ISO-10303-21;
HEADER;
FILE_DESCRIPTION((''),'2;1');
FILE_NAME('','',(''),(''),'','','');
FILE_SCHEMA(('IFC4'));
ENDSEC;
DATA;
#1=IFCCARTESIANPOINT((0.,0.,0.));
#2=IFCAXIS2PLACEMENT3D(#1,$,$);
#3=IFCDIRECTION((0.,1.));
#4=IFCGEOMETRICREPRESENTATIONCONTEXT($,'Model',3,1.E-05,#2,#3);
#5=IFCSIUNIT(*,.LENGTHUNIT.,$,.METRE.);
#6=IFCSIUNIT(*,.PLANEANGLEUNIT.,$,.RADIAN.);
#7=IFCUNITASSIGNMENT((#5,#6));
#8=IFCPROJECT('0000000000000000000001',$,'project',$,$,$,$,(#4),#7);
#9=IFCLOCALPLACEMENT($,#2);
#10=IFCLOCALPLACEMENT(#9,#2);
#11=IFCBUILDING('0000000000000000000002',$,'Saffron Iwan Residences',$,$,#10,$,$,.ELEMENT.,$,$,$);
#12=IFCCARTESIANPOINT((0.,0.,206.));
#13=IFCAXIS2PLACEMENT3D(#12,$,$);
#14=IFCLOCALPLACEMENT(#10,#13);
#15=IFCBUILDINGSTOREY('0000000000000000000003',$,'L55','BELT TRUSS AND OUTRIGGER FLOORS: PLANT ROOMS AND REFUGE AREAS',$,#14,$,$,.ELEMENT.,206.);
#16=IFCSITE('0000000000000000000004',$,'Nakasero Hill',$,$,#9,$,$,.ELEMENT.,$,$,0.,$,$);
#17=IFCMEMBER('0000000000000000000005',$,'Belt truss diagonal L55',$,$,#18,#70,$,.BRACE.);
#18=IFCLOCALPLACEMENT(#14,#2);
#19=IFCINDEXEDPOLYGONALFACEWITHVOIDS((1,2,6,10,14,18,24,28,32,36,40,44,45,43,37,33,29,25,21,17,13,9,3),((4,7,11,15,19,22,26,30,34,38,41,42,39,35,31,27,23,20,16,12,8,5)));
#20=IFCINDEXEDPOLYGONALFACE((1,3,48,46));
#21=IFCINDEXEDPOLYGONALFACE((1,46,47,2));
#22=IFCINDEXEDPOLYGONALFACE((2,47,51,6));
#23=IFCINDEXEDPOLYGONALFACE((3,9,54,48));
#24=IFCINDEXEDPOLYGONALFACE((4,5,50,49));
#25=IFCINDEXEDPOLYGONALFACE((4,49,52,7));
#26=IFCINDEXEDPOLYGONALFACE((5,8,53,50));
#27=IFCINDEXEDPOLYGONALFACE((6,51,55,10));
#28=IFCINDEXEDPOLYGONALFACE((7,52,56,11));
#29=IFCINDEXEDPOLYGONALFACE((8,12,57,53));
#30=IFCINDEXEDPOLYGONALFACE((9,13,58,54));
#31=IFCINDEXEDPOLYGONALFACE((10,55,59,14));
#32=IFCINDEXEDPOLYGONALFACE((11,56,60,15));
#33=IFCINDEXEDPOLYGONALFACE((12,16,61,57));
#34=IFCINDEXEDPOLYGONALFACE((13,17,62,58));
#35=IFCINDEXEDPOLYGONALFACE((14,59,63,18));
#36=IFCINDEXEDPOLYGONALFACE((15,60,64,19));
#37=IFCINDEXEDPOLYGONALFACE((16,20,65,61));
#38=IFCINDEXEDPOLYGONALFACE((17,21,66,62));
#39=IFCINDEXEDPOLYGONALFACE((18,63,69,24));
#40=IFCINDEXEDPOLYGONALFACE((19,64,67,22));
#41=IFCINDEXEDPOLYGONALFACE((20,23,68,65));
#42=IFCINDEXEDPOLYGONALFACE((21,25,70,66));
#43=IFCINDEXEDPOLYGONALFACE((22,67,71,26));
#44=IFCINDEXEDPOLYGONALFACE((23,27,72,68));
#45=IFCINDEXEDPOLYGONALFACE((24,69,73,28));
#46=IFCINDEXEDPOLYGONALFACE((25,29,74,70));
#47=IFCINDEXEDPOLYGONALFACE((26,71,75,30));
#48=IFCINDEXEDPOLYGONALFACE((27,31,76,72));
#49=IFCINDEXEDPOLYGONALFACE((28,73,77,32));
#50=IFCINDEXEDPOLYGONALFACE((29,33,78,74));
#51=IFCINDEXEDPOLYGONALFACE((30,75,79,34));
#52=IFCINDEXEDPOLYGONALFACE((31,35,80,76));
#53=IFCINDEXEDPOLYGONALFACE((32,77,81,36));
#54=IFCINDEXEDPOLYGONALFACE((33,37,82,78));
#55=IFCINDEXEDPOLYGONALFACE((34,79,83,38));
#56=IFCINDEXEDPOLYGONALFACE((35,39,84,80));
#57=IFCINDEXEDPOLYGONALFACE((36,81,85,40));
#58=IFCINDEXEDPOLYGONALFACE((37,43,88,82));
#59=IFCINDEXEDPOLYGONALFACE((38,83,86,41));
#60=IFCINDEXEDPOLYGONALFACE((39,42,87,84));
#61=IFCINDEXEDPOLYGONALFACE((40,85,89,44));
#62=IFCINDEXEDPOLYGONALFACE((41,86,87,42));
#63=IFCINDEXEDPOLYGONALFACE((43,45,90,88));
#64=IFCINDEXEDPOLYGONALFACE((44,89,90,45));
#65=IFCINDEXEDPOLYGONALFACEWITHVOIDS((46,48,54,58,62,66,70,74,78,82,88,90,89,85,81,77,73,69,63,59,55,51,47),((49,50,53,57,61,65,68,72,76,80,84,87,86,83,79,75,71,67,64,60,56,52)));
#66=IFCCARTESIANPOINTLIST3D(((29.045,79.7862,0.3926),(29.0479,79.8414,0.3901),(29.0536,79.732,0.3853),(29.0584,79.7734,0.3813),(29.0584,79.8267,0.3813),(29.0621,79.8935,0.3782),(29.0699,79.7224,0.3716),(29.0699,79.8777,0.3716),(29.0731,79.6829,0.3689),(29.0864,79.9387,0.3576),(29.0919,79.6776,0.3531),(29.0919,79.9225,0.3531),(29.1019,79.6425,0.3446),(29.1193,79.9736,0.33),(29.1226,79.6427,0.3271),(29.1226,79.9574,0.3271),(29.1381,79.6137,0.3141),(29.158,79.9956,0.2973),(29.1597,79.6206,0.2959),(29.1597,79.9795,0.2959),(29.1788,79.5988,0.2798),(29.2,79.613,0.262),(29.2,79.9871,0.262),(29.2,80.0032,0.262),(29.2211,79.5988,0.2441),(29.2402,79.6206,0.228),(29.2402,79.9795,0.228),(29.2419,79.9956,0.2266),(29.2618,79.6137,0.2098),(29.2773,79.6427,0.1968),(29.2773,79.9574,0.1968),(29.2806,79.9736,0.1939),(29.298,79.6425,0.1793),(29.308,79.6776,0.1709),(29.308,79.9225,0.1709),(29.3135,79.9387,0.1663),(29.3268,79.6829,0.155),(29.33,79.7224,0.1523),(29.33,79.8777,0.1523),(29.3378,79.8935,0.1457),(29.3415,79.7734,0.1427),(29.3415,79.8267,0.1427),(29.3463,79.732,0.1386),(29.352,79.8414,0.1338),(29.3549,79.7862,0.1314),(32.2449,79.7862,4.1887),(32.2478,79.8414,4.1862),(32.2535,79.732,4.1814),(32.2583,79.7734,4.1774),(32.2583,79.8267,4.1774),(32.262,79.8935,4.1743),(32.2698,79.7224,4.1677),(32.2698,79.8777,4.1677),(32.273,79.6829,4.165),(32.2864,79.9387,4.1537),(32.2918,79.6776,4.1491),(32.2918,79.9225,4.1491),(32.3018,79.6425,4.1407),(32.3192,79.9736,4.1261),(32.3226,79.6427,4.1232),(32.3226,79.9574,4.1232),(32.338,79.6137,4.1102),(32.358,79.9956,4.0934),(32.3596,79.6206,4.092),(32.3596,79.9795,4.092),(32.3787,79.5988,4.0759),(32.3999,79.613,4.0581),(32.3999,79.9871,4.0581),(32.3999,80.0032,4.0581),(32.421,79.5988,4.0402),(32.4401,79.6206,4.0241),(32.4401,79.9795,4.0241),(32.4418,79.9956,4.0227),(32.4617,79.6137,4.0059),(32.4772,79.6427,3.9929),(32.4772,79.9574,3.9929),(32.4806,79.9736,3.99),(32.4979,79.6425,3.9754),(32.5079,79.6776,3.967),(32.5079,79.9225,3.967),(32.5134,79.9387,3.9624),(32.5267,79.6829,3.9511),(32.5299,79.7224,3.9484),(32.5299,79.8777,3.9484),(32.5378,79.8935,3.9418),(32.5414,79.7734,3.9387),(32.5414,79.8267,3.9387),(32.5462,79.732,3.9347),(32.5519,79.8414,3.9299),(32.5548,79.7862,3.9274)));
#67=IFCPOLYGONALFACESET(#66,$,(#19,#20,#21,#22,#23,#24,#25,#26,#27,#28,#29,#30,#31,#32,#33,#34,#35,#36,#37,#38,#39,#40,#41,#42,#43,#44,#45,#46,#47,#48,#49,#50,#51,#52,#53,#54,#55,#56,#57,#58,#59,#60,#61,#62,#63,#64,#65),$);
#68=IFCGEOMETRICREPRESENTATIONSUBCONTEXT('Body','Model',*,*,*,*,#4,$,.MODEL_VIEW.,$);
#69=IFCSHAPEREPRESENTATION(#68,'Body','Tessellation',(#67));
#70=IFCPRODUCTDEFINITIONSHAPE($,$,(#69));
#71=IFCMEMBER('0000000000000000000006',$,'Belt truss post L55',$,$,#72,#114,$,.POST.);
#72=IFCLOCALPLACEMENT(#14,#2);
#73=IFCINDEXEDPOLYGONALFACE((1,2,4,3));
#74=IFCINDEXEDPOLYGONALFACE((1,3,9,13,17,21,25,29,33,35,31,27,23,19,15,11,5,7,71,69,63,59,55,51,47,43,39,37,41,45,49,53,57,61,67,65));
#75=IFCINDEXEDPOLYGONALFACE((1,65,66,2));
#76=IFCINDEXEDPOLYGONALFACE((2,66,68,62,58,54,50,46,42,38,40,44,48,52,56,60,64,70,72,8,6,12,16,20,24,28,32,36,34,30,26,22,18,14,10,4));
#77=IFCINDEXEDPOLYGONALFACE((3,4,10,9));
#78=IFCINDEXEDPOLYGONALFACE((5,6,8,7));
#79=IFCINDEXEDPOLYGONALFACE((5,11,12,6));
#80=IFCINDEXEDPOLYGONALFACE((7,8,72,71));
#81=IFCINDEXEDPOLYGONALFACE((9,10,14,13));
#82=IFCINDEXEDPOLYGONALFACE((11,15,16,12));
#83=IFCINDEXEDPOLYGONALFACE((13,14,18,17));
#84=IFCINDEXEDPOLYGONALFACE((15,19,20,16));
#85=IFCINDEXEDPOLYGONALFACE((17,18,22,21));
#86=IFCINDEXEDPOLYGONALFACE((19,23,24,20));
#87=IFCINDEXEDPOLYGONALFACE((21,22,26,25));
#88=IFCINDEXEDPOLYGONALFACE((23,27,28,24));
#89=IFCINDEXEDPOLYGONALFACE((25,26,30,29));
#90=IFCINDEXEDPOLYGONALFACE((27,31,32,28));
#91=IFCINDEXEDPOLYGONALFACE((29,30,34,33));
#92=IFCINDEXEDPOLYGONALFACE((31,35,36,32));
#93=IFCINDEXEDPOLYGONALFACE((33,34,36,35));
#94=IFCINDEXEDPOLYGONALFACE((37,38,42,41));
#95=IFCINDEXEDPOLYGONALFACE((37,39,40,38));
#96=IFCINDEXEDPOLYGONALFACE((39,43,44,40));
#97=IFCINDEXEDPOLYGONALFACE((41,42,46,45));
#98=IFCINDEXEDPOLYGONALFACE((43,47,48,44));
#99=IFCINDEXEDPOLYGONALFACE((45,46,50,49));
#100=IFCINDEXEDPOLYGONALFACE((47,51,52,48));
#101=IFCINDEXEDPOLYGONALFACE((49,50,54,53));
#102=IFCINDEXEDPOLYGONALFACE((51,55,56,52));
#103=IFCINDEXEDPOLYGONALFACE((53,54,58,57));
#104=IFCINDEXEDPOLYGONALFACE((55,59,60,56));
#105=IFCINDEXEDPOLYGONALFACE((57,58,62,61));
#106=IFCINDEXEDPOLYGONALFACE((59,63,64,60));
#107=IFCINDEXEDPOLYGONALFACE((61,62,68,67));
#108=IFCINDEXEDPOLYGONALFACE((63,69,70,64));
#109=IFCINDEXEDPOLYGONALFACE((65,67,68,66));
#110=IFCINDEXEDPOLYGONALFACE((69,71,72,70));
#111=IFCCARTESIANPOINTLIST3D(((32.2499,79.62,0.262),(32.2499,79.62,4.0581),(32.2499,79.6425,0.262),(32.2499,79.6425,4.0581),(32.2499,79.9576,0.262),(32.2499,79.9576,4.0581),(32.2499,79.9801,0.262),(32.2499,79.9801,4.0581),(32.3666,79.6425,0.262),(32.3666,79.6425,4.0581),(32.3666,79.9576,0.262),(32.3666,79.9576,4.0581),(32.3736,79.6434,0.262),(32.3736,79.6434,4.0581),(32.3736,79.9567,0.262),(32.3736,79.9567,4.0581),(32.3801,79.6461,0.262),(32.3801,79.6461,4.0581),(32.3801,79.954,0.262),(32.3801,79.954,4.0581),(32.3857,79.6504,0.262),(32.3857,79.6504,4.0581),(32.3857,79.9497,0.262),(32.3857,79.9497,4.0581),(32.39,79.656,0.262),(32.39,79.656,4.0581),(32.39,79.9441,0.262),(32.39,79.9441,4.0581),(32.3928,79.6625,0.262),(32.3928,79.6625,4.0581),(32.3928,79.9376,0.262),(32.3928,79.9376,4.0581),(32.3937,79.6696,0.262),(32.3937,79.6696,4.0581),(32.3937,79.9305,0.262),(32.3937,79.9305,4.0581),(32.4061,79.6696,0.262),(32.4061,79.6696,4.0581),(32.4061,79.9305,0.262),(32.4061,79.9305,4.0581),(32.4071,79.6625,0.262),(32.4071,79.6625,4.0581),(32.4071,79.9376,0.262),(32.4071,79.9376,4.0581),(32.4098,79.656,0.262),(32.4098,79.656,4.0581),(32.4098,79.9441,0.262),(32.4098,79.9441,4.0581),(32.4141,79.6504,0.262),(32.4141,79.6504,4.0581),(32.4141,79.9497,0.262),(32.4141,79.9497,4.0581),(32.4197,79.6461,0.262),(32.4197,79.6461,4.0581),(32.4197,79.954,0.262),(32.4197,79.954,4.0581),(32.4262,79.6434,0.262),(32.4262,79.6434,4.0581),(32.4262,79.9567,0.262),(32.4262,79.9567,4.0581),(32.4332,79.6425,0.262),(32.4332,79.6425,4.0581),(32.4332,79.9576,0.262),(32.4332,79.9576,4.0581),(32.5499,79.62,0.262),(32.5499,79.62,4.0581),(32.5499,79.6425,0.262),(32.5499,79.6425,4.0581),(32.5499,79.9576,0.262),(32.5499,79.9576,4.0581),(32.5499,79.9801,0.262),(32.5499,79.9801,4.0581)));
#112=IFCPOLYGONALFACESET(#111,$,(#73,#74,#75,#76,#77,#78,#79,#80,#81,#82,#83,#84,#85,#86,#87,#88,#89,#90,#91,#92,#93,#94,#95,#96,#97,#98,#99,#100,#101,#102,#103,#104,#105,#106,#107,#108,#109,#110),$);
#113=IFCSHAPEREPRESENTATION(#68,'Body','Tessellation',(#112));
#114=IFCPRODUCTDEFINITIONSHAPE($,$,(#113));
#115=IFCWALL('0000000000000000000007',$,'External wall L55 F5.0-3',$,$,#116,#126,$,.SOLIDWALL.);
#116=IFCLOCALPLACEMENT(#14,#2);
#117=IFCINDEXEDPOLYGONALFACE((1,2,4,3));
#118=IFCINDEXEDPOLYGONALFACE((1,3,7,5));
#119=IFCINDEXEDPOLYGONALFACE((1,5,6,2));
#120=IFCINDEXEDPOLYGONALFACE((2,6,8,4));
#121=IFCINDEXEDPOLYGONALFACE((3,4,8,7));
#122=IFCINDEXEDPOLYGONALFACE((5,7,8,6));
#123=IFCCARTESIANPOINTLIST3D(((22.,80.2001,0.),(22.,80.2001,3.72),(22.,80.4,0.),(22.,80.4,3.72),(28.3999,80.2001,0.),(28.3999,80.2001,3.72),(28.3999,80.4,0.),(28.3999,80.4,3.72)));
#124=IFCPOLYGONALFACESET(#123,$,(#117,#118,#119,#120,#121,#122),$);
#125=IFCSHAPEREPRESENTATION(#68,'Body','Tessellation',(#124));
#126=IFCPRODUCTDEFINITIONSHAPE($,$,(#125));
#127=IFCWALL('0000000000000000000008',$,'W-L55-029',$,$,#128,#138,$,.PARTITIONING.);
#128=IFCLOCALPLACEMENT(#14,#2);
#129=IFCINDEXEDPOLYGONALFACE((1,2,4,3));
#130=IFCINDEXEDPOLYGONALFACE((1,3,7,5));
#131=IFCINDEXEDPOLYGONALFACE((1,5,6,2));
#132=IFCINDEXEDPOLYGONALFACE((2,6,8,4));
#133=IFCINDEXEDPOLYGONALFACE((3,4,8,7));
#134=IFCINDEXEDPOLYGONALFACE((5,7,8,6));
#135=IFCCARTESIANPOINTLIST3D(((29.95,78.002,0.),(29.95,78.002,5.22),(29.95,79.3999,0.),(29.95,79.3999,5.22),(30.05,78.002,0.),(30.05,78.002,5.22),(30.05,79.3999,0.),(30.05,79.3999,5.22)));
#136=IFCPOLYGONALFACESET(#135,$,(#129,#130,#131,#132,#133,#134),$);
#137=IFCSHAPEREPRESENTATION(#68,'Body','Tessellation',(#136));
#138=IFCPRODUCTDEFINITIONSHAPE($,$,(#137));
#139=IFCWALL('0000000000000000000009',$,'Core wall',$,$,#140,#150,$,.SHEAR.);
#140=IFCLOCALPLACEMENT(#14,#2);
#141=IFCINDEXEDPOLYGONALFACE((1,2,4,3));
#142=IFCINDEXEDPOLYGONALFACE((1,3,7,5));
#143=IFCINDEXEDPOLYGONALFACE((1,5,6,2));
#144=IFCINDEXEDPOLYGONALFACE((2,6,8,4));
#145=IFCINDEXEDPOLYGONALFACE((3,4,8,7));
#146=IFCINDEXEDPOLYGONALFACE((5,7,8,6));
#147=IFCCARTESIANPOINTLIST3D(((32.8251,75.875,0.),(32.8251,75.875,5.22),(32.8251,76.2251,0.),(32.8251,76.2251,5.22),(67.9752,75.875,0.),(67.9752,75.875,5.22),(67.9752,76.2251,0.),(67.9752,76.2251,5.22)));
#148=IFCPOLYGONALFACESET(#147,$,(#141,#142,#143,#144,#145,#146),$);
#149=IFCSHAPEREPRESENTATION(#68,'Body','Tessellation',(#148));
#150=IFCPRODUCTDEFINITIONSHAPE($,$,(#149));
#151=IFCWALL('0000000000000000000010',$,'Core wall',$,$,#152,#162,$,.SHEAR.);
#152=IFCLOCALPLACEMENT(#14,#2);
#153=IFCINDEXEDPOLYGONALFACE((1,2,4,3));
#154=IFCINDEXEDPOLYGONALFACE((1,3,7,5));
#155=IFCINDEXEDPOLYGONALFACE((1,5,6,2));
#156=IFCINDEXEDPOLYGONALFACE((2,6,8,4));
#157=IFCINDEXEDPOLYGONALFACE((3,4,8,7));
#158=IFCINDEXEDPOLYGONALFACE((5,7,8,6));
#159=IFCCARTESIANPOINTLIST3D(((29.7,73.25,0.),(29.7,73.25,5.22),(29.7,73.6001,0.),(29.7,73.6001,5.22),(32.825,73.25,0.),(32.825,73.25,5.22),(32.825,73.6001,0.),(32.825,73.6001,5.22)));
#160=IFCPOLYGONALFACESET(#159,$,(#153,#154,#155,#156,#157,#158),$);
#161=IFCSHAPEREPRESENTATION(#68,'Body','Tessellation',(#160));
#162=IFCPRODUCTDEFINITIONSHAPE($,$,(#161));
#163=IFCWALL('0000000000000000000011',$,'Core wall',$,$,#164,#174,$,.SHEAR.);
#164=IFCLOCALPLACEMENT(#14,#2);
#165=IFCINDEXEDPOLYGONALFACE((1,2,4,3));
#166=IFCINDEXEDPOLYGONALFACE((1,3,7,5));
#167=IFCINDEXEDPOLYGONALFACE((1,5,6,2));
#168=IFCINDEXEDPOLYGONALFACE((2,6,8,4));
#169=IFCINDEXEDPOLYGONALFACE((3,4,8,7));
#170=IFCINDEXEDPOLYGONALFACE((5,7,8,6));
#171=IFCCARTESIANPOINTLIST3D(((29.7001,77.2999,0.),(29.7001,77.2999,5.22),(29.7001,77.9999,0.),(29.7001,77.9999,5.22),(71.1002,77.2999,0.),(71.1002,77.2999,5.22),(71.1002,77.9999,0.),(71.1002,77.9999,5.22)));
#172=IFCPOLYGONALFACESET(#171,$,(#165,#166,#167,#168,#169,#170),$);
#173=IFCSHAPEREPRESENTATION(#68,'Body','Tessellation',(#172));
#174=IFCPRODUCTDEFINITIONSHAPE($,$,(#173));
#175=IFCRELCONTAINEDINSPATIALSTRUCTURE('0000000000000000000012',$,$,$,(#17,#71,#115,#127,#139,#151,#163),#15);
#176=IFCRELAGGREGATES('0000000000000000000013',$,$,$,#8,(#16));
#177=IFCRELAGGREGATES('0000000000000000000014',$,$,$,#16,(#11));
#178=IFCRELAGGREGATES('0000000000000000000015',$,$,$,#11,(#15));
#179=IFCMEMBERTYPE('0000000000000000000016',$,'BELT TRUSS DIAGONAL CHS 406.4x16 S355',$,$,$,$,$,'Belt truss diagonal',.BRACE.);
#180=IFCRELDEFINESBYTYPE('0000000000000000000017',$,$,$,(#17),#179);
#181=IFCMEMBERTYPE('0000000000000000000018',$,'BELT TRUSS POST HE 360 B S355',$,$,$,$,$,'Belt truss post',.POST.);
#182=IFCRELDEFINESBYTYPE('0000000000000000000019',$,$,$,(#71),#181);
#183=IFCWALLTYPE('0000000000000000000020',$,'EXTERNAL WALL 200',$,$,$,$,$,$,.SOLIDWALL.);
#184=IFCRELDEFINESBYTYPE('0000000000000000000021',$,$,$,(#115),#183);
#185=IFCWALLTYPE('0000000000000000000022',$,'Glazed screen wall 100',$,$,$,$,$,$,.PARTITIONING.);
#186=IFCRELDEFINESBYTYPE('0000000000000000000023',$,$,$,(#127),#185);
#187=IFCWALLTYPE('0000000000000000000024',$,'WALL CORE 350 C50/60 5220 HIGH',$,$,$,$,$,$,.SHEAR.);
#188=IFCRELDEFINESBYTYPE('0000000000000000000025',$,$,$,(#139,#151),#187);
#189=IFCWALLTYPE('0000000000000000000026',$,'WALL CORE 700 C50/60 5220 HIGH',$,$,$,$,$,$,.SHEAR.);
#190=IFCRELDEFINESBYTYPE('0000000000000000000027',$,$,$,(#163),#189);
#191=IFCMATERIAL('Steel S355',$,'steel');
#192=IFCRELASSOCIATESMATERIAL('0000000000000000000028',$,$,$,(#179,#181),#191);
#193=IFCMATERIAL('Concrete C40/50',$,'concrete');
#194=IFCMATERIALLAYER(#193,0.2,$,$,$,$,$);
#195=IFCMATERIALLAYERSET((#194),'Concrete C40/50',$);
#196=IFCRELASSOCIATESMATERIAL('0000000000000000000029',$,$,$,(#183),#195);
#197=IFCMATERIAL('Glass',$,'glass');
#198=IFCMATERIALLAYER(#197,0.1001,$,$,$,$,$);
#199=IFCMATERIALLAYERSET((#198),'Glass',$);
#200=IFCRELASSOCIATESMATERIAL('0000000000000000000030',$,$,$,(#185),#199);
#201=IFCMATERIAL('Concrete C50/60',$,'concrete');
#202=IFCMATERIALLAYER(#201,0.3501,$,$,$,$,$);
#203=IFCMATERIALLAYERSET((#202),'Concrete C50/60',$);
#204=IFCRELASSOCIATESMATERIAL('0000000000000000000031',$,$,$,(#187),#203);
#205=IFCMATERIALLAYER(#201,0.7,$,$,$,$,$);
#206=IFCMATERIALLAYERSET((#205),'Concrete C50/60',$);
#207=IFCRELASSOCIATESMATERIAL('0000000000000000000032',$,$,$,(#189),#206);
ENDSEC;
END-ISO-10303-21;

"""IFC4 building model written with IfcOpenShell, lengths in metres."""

from ifc_helpers import new_model, si_unit, direction, frame, frame_2d, origin, origin_2d, place, context, subcontext, project, spatial, rectangle, hollow_circle, i_section, extrude, source, transform, mapped, material, layer, layer_set, material_profile, profile_set, type_object, element, save


model = new_model("IFC4")

# Units and contexts
model_context = context("Model", 3, precision=1e-05, world=origin(), true_north=direction((0.0, 1.0)))
body_context = subcontext(model_context, "Body", "Model", "MODEL_VIEW")
ifc_project = project(units=[si_unit("LENGTHUNIT", "METRE"), si_unit("PLANEANGLEUNIT", "RADIAN")], contexts=[model_context])

# Site, building, storey
site_placement = place(None, origin())
site = spatial("IfcSite", under=ifc_project, at=site_placement, Name="Nakasero Hill", CompositionType="ELEMENT", RefElevation=0.0)
building_placement = place(site_placement, origin())
building = spatial("IfcBuilding", under=site, at=building_placement, Name="Saffron Iwan Residences", CompositionType="ELEMENT")
storey_placement = place(building_placement, frame((0.0, 0.0, 206.0)))
storey = spatial("IfcBuildingStorey", under=building, at=storey_placement, Name="L55", Description="BELT TRUSS AND OUTRIGGER FLOORS: PLANT ROOMS AND REFUGE AREAS", CompositionType="ELEMENT", Elevation=206.0)

# Shared definitions
ifc_material_1 = material(Name="Concrete C50/60", Category="concrete")

# Members
ifc_material_2 = material(Name="Steel S355", Category="steel")
ifc_material_profile_1 = material_profile(ifc_material_2, hollow_circle(Radius=0.2031, WallThickness=0.0161, at=origin_2d()), Name="CHS 406.4x16")
ifc_profile_set_1 = profile_set([ifc_material_profile_1], Name="Steel S355")
member_type_1 = type_object("IfcMemberType", Name="BELT TRUSS DIAGONAL CHS 406.4x16 S355", ElementType="Belt truss diagonal", PredefinedType="BRACE", material=ifc_profile_set_1)
shared_shape_1 = source(origin(), body_context, "Body", "SweptSolid", [
    extrude(hollow_circle(Radius=0.2031, WallThickness=0.0161, at=origin_2d()), origin(), (0.0, 0.0, 1.0), 4.9648),
])
member_1_placement = place(storey_placement, frame((29.2, 79.8, 0.262), z_axis=(0.644513, 0.0, 0.764594), x_axis=(0.0, 1.0, 0.0)))
element("IfcMember", 1, at=member_1_placement, inside=storey, type_object=member_type_1, Name="Belt truss diagonal L55", PredefinedType="BRACE", context=body_context, shape_type="MappedRepresentation", body=[
    mapped(shared_shape_1, transform((0.0, 0.0, 0.0))),
])
ifc_material_profile_2 = material_profile(ifc_material_2, i_section(OverallWidth=0.3, OverallDepth=0.3601, WebThickness=0.0125, FlangeThickness=0.0225, FilletRadius=0.0271, at=origin_2d()), Name="HE 360 B")
ifc_profile_set_2 = profile_set([ifc_material_profile_2], Name="Steel S355")
member_type_2 = type_object("IfcMemberType", Name="BELT TRUSS POST HE 360 B S355", ElementType="Belt truss post", PredefinedType="POST", material=ifc_profile_set_2)
shared_shape_2 = source(origin(), body_context, "Body", "SweptSolid", [
    extrude(i_section(OverallWidth=0.3, OverallDepth=0.3601, WebThickness=0.0125, FlangeThickness=0.0225, FilletRadius=0.0271, at=origin_2d()), origin(), (0.0, 0.0, 1.0), 3.7961),
])
member_2_placement = place(storey_placement, frame((32.3999, 79.8, 0.262), z_axis=(0.0, 0.0, 1.0), x_axis=(1.0, 0.0, 0.0)))
element("IfcMember", 2, at=member_2_placement, inside=storey, type_object=member_type_2, Name="Belt truss post L55", PredefinedType="POST", context=body_context, shape_type="MappedRepresentation", body=[
    mapped(shared_shape_2, transform((0.0, 0.0, 0.0))),
])

# Walls
ifc_material_3 = material(Name="Concrete C40/50", Category="concrete")
ifc_layer_1 = layer(ifc_material_3, 0.2)
ifc_layer_set_1 = layer_set([ifc_layer_1], Name="Concrete C40/50")
wall_type_1 = type_object("IfcWallType", Name="EXTERNAL WALL 200", PredefinedType="SOLIDWALL", material=ifc_layer_set_1)
wall_1_placement = place(storey_placement, frame((28.3999, 80.3, 0.0), z_axis=(0.0, 0.0, 1.0), x_axis=(-1.0, 0.0, 0.0)))
element("IfcWall", 3, at=wall_1_placement, inside=storey, type_object=wall_type_1, Name="External wall L55 F5.0-3", PredefinedType="SOLIDWALL", context=body_context, shape_type="SweptSolid", body=[
    extrude(rectangle(XDim=6.3999, YDim=0.2, at=frame_2d((3.2, 0.0))), origin(), (0.0, 0.0, 1.0), 3.72),
])
ifc_material_4 = material(Name="Glass", Category="glass")
ifc_layer_2 = layer(ifc_material_4, 0.1001)
ifc_layer_set_2 = layer_set([ifc_layer_2], Name="Glass")
wall_type_2 = type_object("IfcWallType", Name="Glazed screen wall 100", PredefinedType="PARTITIONING", material=ifc_layer_set_2)
wall_2_placement = place(storey_placement, frame((30.0, 78.002, 0.0), z_axis=(0.0, 0.0, 1.0), x_axis=(0.0, 1.0, 0.0)))
element("IfcWall", 4, at=wall_2_placement, inside=storey, type_object=wall_type_2, Name="W-L55-029", PredefinedType="PARTITIONING", context=body_context, shape_type="SweptSolid", body=[
    extrude(rectangle(XDim=1.3979, YDim=0.1001, at=frame_2d((0.699, 0.0))), origin(), (0.0, 0.0, 1.0), 5.22),
])
ifc_layer_3 = layer(ifc_material_1, 0.3501)
ifc_layer_set_3 = layer_set([ifc_layer_3], Name="Concrete C50/60")
wall_type_3 = type_object("IfcWallType", Name="WALL CORE 350 C50/60 5220 HIGH", PredefinedType="SHEAR", material=ifc_layer_set_3)
wall_3_placement = place(storey_placement, frame((32.825, 76.05, 0.0), z_axis=(0.0, 0.0, 1.0), x_axis=(1.0, 0.0, 0.0)))
element("IfcWall", 5, at=wall_3_placement, inside=storey, type_object=wall_type_3, Name="Core wall", PredefinedType="SHEAR", context=body_context, shape_type="SweptSolid", body=[
    extrude(rectangle(XDim=35.1501, YDim=0.3501, at=frame_2d((17.5752, 0.0))), origin(), (0.0, 0.0, 1.0), 5.22),
])
wall_4_placement = place(storey_placement, frame((29.7, 73.425, 0.0), z_axis=(0.0, 0.0, 1.0), x_axis=(1.0, 0.0, 0.0)))
element("IfcWall", 6, at=wall_4_placement, inside=storey, type_object=wall_type_3, Name="Core wall", PredefinedType="SHEAR", context=body_context, shape_type="SweptSolid", body=[
    extrude(rectangle(XDim=3.125, YDim=0.3501, at=frame_2d((1.5625, 0.0))), origin(), (0.0, 0.0, 1.0), 5.22),
])
ifc_layer_4 = layer(ifc_material_1, 0.7)
ifc_layer_set_4 = layer_set([ifc_layer_4], Name="Concrete C50/60")
wall_type_4 = type_object("IfcWallType", Name="WALL CORE 700 C50/60 5220 HIGH", PredefinedType="SHEAR", material=ifc_layer_set_4)
wall_5_placement = place(storey_placement, frame((29.7, 77.6499, 0.0), z_axis=(0.0, 0.0, 1.0), x_axis=(1.0, 0.0, 0.0)))
element("IfcWall", 7, at=wall_5_placement, inside=storey, type_object=wall_type_4, Name="Core wall", PredefinedType="SHEAR", context=body_context, shape_type="SweptSolid", body=[
    extrude(rectangle(XDim=41.4001, YDim=0.7, at=frame_2d((20.7002, 0.0))), origin(), (0.0, 0.0, 1.0), 5.22),
])

save(model, "model.ifc")
